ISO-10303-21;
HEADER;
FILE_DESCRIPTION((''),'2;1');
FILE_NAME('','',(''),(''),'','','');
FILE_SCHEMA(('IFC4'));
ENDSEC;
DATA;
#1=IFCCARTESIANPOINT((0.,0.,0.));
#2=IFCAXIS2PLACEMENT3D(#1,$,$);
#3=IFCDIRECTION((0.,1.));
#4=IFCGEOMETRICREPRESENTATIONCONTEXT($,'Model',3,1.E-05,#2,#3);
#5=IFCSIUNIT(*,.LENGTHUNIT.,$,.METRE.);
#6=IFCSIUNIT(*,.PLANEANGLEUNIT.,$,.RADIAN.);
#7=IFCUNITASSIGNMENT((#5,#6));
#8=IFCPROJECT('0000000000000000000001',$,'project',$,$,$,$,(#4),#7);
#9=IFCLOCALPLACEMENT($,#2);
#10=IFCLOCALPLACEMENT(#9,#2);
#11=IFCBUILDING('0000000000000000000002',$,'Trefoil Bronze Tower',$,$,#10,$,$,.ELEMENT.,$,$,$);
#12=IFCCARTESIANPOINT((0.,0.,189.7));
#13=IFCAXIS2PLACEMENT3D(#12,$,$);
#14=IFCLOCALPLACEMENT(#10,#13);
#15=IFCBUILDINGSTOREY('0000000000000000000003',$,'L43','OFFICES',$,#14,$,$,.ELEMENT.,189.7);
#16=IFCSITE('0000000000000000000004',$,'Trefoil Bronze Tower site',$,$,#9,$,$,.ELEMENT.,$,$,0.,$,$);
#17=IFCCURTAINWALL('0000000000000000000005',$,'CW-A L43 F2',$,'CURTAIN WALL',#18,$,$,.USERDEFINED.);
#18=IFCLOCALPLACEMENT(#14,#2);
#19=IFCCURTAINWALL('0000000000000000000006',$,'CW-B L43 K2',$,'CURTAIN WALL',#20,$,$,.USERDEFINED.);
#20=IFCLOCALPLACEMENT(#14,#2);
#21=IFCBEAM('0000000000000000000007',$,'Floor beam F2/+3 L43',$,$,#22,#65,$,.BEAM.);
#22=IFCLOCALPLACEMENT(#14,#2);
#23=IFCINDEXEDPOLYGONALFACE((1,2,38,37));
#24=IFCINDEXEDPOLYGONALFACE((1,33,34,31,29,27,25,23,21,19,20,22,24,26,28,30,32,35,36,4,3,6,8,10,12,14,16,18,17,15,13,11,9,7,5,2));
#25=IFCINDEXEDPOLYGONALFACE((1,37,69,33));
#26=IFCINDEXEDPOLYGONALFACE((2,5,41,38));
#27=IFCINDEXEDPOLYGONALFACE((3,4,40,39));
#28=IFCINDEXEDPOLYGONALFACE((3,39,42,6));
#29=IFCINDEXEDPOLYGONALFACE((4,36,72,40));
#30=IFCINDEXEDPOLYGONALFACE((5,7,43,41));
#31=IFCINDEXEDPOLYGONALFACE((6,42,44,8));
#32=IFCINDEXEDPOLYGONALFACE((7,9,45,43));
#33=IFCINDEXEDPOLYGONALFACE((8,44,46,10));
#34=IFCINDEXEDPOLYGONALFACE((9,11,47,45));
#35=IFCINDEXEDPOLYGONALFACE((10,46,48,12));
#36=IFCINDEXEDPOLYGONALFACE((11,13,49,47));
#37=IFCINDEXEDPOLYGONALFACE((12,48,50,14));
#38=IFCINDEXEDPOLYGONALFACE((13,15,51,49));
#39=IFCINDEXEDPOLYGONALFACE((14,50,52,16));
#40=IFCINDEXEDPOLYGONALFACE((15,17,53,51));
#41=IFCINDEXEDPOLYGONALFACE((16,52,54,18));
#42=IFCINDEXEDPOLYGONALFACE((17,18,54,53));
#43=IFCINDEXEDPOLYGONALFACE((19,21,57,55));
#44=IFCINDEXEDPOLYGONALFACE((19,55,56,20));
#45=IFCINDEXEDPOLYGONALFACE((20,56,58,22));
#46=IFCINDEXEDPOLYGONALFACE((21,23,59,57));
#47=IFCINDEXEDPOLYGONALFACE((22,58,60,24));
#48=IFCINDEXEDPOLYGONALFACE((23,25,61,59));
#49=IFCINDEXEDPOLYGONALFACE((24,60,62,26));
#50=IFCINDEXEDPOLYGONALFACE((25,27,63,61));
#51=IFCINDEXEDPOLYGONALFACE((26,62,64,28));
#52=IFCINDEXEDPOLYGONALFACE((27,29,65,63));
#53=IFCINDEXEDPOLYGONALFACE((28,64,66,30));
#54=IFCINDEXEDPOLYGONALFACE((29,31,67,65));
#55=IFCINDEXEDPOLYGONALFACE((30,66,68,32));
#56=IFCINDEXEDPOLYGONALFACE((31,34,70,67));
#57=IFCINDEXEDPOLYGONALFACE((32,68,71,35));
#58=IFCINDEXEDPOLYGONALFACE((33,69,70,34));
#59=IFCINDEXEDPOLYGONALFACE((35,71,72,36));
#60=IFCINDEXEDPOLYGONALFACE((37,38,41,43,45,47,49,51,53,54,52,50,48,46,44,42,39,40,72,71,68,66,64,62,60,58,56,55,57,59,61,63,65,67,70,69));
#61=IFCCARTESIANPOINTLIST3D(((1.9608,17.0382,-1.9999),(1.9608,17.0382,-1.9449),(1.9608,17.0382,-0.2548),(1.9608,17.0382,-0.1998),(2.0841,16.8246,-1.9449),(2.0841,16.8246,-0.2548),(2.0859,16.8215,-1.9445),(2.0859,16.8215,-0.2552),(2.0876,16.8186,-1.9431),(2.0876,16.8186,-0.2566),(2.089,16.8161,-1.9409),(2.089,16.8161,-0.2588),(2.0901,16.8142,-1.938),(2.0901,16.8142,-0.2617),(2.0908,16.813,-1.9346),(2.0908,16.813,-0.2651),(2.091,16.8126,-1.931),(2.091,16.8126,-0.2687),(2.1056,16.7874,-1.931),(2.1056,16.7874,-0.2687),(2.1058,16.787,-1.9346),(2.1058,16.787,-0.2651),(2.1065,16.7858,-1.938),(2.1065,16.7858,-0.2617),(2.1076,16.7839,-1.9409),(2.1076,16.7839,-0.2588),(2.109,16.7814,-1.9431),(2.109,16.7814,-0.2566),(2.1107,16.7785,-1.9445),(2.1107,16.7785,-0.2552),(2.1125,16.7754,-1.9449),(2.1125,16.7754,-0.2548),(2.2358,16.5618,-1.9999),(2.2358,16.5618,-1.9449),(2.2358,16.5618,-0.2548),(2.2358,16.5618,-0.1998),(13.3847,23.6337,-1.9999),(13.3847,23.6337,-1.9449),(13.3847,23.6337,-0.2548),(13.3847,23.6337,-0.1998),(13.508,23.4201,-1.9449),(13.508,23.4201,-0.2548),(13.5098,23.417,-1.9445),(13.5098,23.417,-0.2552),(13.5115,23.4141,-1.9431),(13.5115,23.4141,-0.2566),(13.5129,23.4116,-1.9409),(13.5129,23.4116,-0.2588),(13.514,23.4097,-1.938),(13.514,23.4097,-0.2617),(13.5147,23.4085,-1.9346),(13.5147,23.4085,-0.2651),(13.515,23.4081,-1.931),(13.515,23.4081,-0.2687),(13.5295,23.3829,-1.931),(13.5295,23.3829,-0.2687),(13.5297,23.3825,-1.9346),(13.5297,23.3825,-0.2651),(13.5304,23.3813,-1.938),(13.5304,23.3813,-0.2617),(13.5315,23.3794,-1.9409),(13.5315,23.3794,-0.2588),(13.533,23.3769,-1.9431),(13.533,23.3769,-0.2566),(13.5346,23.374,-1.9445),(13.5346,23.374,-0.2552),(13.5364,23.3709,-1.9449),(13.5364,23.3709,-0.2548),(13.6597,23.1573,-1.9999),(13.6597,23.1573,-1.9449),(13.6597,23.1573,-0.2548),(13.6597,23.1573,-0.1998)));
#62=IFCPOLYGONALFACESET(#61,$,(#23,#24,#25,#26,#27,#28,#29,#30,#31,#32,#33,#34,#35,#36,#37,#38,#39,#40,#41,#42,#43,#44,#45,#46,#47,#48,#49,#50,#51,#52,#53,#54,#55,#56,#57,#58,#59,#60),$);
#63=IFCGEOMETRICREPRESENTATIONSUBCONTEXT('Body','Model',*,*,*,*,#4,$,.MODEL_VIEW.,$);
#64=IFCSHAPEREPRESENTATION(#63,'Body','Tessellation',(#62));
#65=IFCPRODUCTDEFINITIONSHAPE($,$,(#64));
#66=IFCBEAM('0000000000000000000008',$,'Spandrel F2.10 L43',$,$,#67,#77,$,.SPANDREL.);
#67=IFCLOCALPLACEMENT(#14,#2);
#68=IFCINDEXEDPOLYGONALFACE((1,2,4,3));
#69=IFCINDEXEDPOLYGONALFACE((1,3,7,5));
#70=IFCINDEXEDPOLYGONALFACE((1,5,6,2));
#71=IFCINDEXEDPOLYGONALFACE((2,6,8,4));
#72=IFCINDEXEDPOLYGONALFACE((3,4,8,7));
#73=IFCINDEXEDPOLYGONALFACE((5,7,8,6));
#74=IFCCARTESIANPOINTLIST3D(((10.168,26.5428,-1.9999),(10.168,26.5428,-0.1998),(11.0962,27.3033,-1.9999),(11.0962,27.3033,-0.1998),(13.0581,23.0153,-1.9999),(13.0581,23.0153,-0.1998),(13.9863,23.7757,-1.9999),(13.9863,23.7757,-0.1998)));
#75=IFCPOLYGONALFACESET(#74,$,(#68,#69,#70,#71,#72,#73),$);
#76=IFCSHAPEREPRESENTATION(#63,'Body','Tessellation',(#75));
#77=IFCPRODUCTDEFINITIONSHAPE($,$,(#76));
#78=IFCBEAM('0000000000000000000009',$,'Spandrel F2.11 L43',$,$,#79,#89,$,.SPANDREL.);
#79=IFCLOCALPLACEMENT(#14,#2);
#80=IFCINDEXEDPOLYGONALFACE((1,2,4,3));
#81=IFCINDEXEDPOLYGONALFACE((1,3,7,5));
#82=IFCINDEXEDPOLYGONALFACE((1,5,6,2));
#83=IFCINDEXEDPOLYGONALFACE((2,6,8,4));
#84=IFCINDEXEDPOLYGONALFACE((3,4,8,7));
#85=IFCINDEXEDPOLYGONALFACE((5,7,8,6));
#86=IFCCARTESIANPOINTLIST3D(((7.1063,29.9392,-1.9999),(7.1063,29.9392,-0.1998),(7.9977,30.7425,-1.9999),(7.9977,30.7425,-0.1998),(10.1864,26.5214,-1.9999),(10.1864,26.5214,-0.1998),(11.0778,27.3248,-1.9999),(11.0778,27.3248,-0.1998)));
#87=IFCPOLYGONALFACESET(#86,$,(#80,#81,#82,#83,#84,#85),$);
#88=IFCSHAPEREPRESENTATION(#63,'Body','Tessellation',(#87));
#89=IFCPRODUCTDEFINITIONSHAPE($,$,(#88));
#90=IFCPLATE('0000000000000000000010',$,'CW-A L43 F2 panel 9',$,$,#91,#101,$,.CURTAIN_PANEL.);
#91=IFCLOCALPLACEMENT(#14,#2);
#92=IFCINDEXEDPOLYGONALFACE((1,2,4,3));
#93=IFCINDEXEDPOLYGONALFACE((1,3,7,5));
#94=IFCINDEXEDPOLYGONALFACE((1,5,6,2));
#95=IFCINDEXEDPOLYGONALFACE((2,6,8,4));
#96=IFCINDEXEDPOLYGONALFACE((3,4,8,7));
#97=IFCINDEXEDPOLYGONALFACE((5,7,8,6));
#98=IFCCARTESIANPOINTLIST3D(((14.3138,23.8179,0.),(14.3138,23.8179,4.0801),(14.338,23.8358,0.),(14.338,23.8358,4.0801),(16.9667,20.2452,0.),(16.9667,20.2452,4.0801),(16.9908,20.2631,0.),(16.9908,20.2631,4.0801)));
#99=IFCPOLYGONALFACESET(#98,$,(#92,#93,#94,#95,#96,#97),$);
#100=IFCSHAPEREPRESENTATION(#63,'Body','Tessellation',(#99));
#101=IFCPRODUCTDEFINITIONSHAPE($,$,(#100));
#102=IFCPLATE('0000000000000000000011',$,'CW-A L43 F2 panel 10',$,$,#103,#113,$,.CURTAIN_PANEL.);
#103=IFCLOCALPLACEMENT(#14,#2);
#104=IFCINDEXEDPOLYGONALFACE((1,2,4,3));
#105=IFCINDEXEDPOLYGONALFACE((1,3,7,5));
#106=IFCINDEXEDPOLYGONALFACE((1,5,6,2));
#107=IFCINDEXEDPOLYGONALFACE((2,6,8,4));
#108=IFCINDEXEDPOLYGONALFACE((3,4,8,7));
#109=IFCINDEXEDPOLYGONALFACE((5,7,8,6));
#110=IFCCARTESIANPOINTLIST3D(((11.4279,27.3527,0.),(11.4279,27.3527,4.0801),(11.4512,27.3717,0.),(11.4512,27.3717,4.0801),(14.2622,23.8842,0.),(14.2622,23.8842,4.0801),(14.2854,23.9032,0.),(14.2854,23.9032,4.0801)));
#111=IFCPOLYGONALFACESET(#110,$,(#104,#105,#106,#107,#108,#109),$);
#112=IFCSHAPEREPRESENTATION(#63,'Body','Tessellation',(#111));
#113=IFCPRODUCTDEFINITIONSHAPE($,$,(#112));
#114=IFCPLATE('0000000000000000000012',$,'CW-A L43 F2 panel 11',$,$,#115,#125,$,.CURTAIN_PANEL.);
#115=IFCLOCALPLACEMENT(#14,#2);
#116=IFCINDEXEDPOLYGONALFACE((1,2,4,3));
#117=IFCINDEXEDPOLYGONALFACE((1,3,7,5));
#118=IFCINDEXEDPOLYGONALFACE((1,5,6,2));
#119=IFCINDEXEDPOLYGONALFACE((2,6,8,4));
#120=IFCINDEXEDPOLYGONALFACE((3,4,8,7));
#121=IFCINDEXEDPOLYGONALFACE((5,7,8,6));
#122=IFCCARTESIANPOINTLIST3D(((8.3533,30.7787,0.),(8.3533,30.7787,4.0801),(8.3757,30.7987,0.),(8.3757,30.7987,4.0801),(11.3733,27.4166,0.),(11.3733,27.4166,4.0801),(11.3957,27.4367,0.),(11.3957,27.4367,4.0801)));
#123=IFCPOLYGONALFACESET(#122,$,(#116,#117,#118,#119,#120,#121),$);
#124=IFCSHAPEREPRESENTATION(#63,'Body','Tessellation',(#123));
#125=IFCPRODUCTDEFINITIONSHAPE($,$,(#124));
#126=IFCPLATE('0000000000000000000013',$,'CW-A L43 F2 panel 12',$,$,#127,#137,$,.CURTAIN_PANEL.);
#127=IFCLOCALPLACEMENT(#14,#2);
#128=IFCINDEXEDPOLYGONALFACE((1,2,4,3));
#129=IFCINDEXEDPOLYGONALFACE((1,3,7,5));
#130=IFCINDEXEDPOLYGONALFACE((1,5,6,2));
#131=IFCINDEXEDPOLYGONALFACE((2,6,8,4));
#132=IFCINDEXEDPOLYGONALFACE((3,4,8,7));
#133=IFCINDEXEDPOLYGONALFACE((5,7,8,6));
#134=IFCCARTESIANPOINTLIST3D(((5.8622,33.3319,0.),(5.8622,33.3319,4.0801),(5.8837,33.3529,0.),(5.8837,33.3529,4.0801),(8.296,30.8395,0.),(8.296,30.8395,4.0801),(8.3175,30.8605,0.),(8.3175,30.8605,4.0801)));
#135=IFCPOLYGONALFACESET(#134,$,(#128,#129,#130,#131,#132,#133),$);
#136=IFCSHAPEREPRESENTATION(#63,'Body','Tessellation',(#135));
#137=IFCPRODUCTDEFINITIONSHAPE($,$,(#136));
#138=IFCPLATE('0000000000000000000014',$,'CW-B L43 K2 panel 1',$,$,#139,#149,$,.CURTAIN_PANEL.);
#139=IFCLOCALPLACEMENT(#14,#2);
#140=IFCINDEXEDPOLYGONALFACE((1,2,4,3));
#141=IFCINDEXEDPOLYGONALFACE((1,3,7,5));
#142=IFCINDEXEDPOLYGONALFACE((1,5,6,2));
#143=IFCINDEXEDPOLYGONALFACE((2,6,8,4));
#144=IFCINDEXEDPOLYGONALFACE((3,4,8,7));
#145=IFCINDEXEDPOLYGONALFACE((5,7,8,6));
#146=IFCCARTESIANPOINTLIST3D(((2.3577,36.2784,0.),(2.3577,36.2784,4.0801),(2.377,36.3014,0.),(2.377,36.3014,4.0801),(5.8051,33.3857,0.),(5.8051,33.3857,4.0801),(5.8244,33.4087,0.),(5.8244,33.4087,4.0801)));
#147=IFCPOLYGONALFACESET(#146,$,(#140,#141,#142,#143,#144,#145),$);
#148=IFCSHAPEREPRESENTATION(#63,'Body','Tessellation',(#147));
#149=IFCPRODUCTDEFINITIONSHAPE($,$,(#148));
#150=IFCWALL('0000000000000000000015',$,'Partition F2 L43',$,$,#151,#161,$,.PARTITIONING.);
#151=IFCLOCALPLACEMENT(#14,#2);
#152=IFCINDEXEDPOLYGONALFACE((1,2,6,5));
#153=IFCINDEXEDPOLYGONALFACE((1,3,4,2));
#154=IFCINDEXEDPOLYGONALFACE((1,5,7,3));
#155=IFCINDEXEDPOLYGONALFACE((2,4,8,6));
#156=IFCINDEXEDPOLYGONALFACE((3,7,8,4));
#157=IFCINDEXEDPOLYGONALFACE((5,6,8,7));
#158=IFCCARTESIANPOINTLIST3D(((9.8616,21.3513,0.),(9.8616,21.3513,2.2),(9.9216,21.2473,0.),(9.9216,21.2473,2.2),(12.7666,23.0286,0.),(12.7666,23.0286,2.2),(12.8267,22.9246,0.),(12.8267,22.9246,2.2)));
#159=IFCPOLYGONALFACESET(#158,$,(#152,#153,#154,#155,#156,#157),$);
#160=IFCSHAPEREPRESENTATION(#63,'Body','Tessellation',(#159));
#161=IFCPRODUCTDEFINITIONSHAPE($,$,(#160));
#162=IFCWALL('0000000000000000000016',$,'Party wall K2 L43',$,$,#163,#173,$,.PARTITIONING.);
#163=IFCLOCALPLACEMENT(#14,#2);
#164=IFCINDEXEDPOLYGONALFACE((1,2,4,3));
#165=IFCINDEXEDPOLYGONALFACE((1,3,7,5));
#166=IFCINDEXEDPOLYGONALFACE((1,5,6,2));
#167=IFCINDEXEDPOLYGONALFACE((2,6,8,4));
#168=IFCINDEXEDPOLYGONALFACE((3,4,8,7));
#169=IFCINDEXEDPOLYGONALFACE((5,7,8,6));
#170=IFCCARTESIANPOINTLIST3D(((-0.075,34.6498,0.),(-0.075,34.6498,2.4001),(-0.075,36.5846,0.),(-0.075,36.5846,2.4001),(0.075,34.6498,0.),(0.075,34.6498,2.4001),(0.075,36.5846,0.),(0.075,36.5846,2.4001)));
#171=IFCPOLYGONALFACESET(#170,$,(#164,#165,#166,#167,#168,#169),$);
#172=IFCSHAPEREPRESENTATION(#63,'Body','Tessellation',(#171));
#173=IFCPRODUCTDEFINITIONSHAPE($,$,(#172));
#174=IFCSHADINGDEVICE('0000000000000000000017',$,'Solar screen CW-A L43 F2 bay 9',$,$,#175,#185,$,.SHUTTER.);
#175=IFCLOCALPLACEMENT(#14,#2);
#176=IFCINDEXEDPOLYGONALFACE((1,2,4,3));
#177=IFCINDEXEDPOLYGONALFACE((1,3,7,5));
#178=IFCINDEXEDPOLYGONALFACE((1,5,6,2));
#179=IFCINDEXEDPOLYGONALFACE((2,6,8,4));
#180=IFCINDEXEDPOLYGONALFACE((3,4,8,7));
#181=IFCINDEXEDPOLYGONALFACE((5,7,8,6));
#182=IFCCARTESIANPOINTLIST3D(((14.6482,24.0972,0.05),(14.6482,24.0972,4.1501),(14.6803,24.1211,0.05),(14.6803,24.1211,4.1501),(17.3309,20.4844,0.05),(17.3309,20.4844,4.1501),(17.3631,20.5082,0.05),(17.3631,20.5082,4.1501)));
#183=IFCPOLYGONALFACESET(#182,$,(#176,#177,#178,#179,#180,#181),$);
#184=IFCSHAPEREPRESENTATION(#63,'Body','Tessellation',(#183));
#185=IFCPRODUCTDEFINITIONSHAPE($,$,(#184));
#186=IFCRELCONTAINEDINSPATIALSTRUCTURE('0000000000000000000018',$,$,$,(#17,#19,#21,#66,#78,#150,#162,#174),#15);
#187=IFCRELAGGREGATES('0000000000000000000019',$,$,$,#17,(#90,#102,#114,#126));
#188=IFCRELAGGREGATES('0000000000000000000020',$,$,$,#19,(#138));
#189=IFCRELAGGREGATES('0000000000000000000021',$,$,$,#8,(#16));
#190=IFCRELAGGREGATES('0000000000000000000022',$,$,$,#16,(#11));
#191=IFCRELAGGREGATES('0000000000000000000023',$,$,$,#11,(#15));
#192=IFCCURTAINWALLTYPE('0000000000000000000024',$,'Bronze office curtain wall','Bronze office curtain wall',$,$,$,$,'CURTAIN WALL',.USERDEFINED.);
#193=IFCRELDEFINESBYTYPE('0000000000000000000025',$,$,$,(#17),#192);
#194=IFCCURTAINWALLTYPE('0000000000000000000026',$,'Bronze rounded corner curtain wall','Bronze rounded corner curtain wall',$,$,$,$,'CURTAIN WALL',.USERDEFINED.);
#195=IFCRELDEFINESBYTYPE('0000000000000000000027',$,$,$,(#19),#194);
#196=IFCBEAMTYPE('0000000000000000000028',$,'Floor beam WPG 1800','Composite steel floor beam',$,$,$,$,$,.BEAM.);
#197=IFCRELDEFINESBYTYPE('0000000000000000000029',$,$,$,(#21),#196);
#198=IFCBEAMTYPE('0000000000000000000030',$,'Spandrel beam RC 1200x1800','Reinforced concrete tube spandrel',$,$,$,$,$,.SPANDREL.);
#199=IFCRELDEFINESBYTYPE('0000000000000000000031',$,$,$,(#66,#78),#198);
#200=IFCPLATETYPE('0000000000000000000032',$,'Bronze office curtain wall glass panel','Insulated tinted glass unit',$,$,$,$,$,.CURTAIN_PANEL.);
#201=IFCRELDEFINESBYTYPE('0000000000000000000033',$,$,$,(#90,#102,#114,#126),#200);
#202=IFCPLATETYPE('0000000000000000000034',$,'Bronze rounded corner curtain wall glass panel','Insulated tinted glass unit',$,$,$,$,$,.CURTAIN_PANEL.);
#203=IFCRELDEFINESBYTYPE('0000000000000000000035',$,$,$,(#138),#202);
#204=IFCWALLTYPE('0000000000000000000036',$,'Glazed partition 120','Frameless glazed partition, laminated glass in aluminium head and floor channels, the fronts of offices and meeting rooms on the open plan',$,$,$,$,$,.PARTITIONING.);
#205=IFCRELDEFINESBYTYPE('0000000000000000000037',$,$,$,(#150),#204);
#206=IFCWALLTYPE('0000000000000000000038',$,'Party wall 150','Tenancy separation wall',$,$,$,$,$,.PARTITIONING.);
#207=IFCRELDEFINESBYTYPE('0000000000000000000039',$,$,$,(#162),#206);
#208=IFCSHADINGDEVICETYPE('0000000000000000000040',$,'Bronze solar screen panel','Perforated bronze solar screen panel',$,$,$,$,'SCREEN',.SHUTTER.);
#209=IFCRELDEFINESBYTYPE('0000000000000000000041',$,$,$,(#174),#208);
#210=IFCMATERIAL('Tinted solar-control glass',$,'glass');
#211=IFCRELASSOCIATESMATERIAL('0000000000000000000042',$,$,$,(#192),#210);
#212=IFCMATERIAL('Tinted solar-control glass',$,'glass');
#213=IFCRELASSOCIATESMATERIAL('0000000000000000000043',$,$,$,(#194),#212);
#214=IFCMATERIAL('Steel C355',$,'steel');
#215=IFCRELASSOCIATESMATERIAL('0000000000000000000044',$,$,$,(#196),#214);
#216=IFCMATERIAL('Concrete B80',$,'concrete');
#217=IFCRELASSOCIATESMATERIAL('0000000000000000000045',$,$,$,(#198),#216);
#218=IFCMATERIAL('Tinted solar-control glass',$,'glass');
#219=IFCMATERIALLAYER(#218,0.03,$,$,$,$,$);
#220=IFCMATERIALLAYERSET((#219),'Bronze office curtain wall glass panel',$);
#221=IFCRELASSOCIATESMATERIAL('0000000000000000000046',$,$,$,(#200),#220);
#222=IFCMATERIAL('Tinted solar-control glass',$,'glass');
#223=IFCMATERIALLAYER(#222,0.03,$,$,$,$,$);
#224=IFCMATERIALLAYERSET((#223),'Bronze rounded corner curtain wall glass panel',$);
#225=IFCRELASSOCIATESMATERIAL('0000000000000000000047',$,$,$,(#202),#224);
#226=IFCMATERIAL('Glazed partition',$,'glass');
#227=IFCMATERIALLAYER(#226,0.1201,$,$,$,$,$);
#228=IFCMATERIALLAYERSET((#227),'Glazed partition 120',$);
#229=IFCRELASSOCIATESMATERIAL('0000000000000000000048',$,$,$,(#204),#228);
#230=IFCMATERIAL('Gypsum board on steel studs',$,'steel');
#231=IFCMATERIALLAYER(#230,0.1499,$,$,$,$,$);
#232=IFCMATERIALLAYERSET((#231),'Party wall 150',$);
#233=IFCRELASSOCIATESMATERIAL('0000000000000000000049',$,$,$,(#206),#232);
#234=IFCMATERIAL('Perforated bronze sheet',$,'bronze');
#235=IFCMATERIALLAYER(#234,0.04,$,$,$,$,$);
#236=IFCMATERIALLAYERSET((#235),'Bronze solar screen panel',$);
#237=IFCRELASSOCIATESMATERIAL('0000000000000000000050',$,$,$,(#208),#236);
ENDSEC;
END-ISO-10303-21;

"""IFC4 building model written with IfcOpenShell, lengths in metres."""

from ifc_helpers import new_model, si_unit, direction, frame, frame_2d, origin, origin_2d, place, context, subcontext, project, spatial, rectangle, i_section, extrude, material, layer, layer_set, material_profile, profile_set, type_object, element, aggregate, save


model = new_model("IFC4")

# Units and contexts
model_context = context("Model", 3, precision=1e-05, world=origin(), true_north=direction((0.0, 1.0)))
body_context = subcontext(model_context, "Body", "Model", "MODEL_VIEW")
ifc_project = project(units=[si_unit("LENGTHUNIT", "METRE"), si_unit("PLANEANGLEUNIT", "RADIAN")], contexts=[model_context])

# Site, building, storey
site_placement = place(None, origin())
site = spatial("IfcSite", under=ifc_project, at=site_placement, Name="Trefoil Bronze Tower site", CompositionType="ELEMENT", RefElevation=0.0)
building_placement = place(site_placement, origin())
building = spatial("IfcBuilding", under=site, at=building_placement, Name="Trefoil Bronze Tower", CompositionType="ELEMENT")
storey_placement = place(building_placement, frame((0.0, 0.0, 189.7)))
storey = spatial("IfcBuildingStorey", under=building, at=storey_placement, Name="L43", Description="OFFICES", CompositionType="ELEMENT", Elevation=189.7)

# Curtain walls
ifc_material_1 = material(Name="Tinted solar-control glass", Category="glass")
curtain_wall_type_1 = type_object("IfcCurtainWallType", Name="Bronze office curtain wall", Description="Bronze office curtain wall", ElementType="CURTAIN WALL", PredefinedType="USERDEFINED", material=ifc_material_1)
curtain_wall_1_placement = place(storey_placement, origin())
curtain_wall_1 = element("IfcCurtainWall", 1, at=curtain_wall_1_placement, inside=storey, type_object=curtain_wall_type_1, Name="CW-A L43 F2", ObjectType="CURTAIN WALL", PredefinedType="USERDEFINED")
ifc_material_2 = material(Name="Tinted solar-control glass", Category="glass")
curtain_wall_type_2 = type_object("IfcCurtainWallType", Name="Bronze rounded corner curtain wall", Description="Bronze rounded corner curtain wall", ElementType="CURTAIN WALL", PredefinedType="USERDEFINED", material=ifc_material_2)
curtain_wall_2_placement = place(storey_placement, origin())
curtain_wall_2 = element("IfcCurtainWall", 2, at=curtain_wall_2_placement, inside=storey, type_object=curtain_wall_type_2, Name="CW-B L43 K2", ObjectType="CURTAIN WALL", PredefinedType="USERDEFINED")

# Beams
ifc_material_3 = material(Name="Steel C355", Category="steel")
ifc_material_profile_1 = material_profile(ifc_material_3, i_section(OverallWidth=0.55, OverallDepth=1.8, WebThickness=0.0291, FlangeThickness=0.0549, FilletRadius=0.0139, at=origin_2d()), Name="WPG 1800")
ifc_profile_set_1 = profile_set([ifc_material_profile_1], Name="Steel C355")
beam_type_1 = type_object("IfcBeamType", Name="Floor beam WPG 1800", Description="Composite steel floor beam", PredefinedType="BEAM", material=ifc_profile_set_1)
beam_1_placement = place(storey_placement, frame((13.5222, 23.3955, -1.0999), z_axis=(-0.866028, -0.499995, 0.0), x_axis=(0.499995, -0.866028, 0.0)))
element("IfcBeam", 3, at=beam_1_placement, inside=storey, type_object=beam_type_1, Name="Floor beam F2/+3 L43", PredefinedType="BEAM", context=body_context, shape_type="SweptSolid", body=[
    extrude(i_section(OverallWidth=0.55, OverallDepth=1.8, WebThickness=0.0291, FlangeThickness=0.0549, FilletRadius=0.0139, at=origin_2d()), origin(), (0.0, 0.0, 1.0), 13.1912),
])
ifc_material_4 = material(Name="Concrete B80", Category="concrete")
ifc_material_profile_2 = material_profile(ifc_material_4, rectangle(XDim=1.2, YDim=1.8, at=origin_2d()), Name="RC 1200x1800")
ifc_profile_set_2 = profile_set([ifc_material_profile_2], Name="Concrete B80")
beam_type_2 = type_object("IfcBeamType", Name="Spandrel beam RC 1200x1800", Description="Reinforced concrete tube spandrel", PredefinedType="SPANDREL", material=ifc_profile_set_2)
beam_2_placement = place(storey_placement, frame((13.5222, 23.3955, -1.0999), z_axis=(-0.633754, 0.773535, 0.0), x_axis=(-0.773535, -0.633754, 0.0)))
element("IfcBeam", 4, at=beam_2_placement, inside=storey, type_object=beam_type_2, Name="Spandrel F2.10 L43", PredefinedType="SPANDREL", context=body_context, shape_type="SweptSolid", body=[
    extrude(rectangle(XDim=1.2, YDim=1.8, at=origin_2d()), origin(), (0.0, 0.0, 1.0), 4.5603),
])
beam_3_placement = place(storey_placement, frame((10.6321, 26.9231, -1.0999), z_axis=(-0.66946, 0.742848, 0.0), x_axis=(-0.742848, -0.66946, 0.0)))
element("IfcBeam", 5, at=beam_3_placement, inside=storey, type_object=beam_type_2, Name="Spandrel F2.11 L43", PredefinedType="SPANDREL", context=body_context, shape_type="SweptSolid", body=[
    extrude(rectangle(XDim=1.2, YDim=1.8, at=origin_2d()), origin(), (0.0, 0.0, 1.0), 4.6008),
])

# Plates
ifc_material_5 = material(Name="Tinted solar-control glass", Category="glass")
ifc_layer_1 = layer(ifc_material_5, 0.03)
ifc_layer_set_1 = layer_set([ifc_layer_1], Name="Bronze office curtain wall glass panel")
plate_type_1 = type_object("IfcPlateType", Name="Bronze office curtain wall glass panel", Description="Insulated tinted glass unit", PredefinedType="CURTAIN_PANEL", material=ifc_layer_set_1)
plate_1_placement = place(storey_placement, frame((15.6523, 22.0405, 0.0), z_axis=(0.0, 0.0, 1.0), x_axis=(-0.596162, 0.802865, 0.0)))
plate_1 = element("IfcPlate", 6, at=plate_1_placement, type_object=plate_type_1, Name="CW-A L43 F2 panel 9", PredefinedType="CURTAIN_PANEL", context=body_context, shape_type="SweptSolid", body=[
    extrude(rectangle(XDim=4.45, YDim=0.03, at=origin_2d()), origin(), (0.0, 0.0, 1.0), 4.0801),
])
plate_2_placement = place(storey_placement, frame((12.8567, 25.6279, 0.0), z_axis=(0.0, 0.0, 1.0), x_axis=(-0.632753, 0.774354, 0.0)))
plate_2 = element("IfcPlate", 7, at=plate_2_placement, type_object=plate_type_1, Name="CW-A L43 F2 panel 10", PredefinedType="CURTAIN_PANEL", context=body_context, shape_type="SweptSolid", body=[
    extrude(rectangle(XDim=4.4792, YDim=0.03, at=origin_2d()), origin(), (0.0, 0.0, 1.0), 4.0801),
])
plate_3_placement = place(storey_placement, frame((9.8745, 29.1077, 0.0), z_axis=(0.0, 0.0, 1.0), x_axis=(-0.668246, 0.743941, 0.0)))
plate_3 = element("IfcPlate", 8, at=plate_3_placement, type_object=plate_type_1, Name="CW-A L43 F2 panel 11", PredefinedType="CURTAIN_PANEL", context=body_context, shape_type="SweptSolid", body=[
    extrude(rectangle(XDim=4.5193, YDim=0.03, at=origin_2d()), origin(), (0.0, 0.0, 1.0), 4.0801),
])
plate_4_placement = place(storey_placement, frame((7.0898, 32.0962, 0.0), z_axis=(0.0, 0.0, 1.0), x_axis=(-0.698652, 0.715462, 0.0)))
plate_4 = element("IfcPlate", 9, at=plate_4_placement, type_object=plate_type_1, Name="CW-A L43 F2 panel 12", PredefinedType="CURTAIN_PANEL", context=body_context, shape_type="SweptSolid", body=[
    extrude(rectangle(XDim=3.4836, YDim=0.03, at=origin_2d()), origin(), (0.0, 0.0, 1.0), 4.0801),
])
aggregate(curtain_wall_1, [plate_1, plate_2, plate_3, plate_4])
ifc_material_6 = material(Name="Tinted solar-control glass", Category="glass")
ifc_layer_2 = layer(ifc_material_6, 0.03)
ifc_layer_set_2 = layer_set([ifc_layer_2], Name="Bronze rounded corner curtain wall glass panel")
plate_type_2 = type_object("IfcPlateType", Name="Bronze rounded corner curtain wall glass panel", Description="Insulated tinted glass unit", PredefinedType="CURTAIN_PANEL", material=ifc_layer_set_2)
plate_5_placement = place(storey_placement, frame((4.0911, 34.8435, 0.0), z_axis=(0.0, 0.0, 1.0), x_axis=(-0.766044, 0.642788, 0.0)))
plate_5 = element("IfcPlate", 10, at=plate_5_placement, type_object=plate_type_2, Name="CW-B L43 K2 panel 1", PredefinedType="CURTAIN_PANEL", context=body_context, shape_type="SweptSolid", body=[
    extrude(rectangle(XDim=4.5002, YDim=0.03, at=origin_2d()), origin(), (0.0, 0.0, 1.0), 4.0801),
])
aggregate(curtain_wall_2, [plate_5])

# Walls
ifc_material_7 = material(Name="Glazed partition", Category="glass")
ifc_layer_3 = layer(ifc_material_7, 0.1201)
ifc_layer_set_3 = layer_set([ifc_layer_3], Name="Glazed partition 120")
wall_type_1 = type_object("IfcWallType", Name="Glazed partition 120", Description="Frameless glazed partition, laminated glass in aluminium head and floor channels, the fronts of offices and meeting rooms on the open plan", PredefinedType="PARTITIONING", material=ifc_layer_set_3)
wall_1_placement = place(storey_placement, frame((9.8916, 21.2993, 0.0), z_axis=(0.0, 0.0, 1.0), x_axis=(0.866022, 0.500006, 0.0)))
element("IfcWall", 11, at=wall_1_placement, inside=storey, type_object=wall_type_1, Name="Partition F2 L43", PredefinedType="PARTITIONING", context=body_context, shape_type="SweptSolid", body=[
    extrude(rectangle(XDim=3.3545, YDim=0.1201, at=frame_2d((1.6772, 0.0))), origin(), (0.0, 0.0, 1.0), 2.2),
])
ifc_material_8 = material(Name="Gypsum board on steel studs", Category="steel")
ifc_layer_4 = layer(ifc_material_8, 0.1499)
ifc_layer_set_4 = layer_set([ifc_layer_4], Name="Party wall 150")
wall_type_2 = type_object("IfcWallType", Name="Party wall 150", Description="Tenancy separation wall", PredefinedType="PARTITIONING", material=ifc_layer_set_4)
wall_2_placement = place(storey_placement, frame((0.0, 34.6499, 0.0), z_axis=(0.0, 0.0, 1.0), x_axis=(0.0, 1.0, 0.0)))
element("IfcWall", 12, at=wall_2_placement, inside=storey, type_object=wall_type_2, Name="Party wall K2 L43", PredefinedType="PARTITIONING", context=body_context, shape_type="SweptSolid", body=[
    extrude(rectangle(XDim=1.9348, YDim=0.1499, at=frame_2d((0.9673, 0.0))), origin(), (0.0, 0.0, 1.0), 2.4001),
])

# Shading device
ifc_material_9 = material(Name="Perforated bronze sheet", Category="bronze")
ifc_layer_5 = layer(ifc_material_9, 0.04)
ifc_layer_set_5 = layer_set([ifc_layer_5], Name="Bronze solar screen panel")
shading_device_type = type_object("IfcShadingDeviceType", Name="Bronze solar screen panel", Description="Perforated bronze solar screen panel", ElementType="SCREEN", PredefinedType="SHUTTER", material=ifc_layer_set_5)
shading_device_1_placement = place(storey_placement, frame((16.0056, 22.3027, 0.05), z_axis=(0.0, 0.0, 1.0), x_axis=(-0.596162, 0.802865, 0.0)))
element("IfcShadingDevice", 13, at=shading_device_1_placement, inside=storey, type_object=shading_device_type, Name="Solar screen CW-A L43 F2 bay 9", PredefinedType="SHUTTER", context=body_context, shape_type="SweptSolid", body=[
    extrude(rectangle(XDim=4.5, YDim=0.04, at=origin_2d()), origin(), (0.0, 0.0, 1.0), 4.1001),
])

save(model, "model.ifc")
